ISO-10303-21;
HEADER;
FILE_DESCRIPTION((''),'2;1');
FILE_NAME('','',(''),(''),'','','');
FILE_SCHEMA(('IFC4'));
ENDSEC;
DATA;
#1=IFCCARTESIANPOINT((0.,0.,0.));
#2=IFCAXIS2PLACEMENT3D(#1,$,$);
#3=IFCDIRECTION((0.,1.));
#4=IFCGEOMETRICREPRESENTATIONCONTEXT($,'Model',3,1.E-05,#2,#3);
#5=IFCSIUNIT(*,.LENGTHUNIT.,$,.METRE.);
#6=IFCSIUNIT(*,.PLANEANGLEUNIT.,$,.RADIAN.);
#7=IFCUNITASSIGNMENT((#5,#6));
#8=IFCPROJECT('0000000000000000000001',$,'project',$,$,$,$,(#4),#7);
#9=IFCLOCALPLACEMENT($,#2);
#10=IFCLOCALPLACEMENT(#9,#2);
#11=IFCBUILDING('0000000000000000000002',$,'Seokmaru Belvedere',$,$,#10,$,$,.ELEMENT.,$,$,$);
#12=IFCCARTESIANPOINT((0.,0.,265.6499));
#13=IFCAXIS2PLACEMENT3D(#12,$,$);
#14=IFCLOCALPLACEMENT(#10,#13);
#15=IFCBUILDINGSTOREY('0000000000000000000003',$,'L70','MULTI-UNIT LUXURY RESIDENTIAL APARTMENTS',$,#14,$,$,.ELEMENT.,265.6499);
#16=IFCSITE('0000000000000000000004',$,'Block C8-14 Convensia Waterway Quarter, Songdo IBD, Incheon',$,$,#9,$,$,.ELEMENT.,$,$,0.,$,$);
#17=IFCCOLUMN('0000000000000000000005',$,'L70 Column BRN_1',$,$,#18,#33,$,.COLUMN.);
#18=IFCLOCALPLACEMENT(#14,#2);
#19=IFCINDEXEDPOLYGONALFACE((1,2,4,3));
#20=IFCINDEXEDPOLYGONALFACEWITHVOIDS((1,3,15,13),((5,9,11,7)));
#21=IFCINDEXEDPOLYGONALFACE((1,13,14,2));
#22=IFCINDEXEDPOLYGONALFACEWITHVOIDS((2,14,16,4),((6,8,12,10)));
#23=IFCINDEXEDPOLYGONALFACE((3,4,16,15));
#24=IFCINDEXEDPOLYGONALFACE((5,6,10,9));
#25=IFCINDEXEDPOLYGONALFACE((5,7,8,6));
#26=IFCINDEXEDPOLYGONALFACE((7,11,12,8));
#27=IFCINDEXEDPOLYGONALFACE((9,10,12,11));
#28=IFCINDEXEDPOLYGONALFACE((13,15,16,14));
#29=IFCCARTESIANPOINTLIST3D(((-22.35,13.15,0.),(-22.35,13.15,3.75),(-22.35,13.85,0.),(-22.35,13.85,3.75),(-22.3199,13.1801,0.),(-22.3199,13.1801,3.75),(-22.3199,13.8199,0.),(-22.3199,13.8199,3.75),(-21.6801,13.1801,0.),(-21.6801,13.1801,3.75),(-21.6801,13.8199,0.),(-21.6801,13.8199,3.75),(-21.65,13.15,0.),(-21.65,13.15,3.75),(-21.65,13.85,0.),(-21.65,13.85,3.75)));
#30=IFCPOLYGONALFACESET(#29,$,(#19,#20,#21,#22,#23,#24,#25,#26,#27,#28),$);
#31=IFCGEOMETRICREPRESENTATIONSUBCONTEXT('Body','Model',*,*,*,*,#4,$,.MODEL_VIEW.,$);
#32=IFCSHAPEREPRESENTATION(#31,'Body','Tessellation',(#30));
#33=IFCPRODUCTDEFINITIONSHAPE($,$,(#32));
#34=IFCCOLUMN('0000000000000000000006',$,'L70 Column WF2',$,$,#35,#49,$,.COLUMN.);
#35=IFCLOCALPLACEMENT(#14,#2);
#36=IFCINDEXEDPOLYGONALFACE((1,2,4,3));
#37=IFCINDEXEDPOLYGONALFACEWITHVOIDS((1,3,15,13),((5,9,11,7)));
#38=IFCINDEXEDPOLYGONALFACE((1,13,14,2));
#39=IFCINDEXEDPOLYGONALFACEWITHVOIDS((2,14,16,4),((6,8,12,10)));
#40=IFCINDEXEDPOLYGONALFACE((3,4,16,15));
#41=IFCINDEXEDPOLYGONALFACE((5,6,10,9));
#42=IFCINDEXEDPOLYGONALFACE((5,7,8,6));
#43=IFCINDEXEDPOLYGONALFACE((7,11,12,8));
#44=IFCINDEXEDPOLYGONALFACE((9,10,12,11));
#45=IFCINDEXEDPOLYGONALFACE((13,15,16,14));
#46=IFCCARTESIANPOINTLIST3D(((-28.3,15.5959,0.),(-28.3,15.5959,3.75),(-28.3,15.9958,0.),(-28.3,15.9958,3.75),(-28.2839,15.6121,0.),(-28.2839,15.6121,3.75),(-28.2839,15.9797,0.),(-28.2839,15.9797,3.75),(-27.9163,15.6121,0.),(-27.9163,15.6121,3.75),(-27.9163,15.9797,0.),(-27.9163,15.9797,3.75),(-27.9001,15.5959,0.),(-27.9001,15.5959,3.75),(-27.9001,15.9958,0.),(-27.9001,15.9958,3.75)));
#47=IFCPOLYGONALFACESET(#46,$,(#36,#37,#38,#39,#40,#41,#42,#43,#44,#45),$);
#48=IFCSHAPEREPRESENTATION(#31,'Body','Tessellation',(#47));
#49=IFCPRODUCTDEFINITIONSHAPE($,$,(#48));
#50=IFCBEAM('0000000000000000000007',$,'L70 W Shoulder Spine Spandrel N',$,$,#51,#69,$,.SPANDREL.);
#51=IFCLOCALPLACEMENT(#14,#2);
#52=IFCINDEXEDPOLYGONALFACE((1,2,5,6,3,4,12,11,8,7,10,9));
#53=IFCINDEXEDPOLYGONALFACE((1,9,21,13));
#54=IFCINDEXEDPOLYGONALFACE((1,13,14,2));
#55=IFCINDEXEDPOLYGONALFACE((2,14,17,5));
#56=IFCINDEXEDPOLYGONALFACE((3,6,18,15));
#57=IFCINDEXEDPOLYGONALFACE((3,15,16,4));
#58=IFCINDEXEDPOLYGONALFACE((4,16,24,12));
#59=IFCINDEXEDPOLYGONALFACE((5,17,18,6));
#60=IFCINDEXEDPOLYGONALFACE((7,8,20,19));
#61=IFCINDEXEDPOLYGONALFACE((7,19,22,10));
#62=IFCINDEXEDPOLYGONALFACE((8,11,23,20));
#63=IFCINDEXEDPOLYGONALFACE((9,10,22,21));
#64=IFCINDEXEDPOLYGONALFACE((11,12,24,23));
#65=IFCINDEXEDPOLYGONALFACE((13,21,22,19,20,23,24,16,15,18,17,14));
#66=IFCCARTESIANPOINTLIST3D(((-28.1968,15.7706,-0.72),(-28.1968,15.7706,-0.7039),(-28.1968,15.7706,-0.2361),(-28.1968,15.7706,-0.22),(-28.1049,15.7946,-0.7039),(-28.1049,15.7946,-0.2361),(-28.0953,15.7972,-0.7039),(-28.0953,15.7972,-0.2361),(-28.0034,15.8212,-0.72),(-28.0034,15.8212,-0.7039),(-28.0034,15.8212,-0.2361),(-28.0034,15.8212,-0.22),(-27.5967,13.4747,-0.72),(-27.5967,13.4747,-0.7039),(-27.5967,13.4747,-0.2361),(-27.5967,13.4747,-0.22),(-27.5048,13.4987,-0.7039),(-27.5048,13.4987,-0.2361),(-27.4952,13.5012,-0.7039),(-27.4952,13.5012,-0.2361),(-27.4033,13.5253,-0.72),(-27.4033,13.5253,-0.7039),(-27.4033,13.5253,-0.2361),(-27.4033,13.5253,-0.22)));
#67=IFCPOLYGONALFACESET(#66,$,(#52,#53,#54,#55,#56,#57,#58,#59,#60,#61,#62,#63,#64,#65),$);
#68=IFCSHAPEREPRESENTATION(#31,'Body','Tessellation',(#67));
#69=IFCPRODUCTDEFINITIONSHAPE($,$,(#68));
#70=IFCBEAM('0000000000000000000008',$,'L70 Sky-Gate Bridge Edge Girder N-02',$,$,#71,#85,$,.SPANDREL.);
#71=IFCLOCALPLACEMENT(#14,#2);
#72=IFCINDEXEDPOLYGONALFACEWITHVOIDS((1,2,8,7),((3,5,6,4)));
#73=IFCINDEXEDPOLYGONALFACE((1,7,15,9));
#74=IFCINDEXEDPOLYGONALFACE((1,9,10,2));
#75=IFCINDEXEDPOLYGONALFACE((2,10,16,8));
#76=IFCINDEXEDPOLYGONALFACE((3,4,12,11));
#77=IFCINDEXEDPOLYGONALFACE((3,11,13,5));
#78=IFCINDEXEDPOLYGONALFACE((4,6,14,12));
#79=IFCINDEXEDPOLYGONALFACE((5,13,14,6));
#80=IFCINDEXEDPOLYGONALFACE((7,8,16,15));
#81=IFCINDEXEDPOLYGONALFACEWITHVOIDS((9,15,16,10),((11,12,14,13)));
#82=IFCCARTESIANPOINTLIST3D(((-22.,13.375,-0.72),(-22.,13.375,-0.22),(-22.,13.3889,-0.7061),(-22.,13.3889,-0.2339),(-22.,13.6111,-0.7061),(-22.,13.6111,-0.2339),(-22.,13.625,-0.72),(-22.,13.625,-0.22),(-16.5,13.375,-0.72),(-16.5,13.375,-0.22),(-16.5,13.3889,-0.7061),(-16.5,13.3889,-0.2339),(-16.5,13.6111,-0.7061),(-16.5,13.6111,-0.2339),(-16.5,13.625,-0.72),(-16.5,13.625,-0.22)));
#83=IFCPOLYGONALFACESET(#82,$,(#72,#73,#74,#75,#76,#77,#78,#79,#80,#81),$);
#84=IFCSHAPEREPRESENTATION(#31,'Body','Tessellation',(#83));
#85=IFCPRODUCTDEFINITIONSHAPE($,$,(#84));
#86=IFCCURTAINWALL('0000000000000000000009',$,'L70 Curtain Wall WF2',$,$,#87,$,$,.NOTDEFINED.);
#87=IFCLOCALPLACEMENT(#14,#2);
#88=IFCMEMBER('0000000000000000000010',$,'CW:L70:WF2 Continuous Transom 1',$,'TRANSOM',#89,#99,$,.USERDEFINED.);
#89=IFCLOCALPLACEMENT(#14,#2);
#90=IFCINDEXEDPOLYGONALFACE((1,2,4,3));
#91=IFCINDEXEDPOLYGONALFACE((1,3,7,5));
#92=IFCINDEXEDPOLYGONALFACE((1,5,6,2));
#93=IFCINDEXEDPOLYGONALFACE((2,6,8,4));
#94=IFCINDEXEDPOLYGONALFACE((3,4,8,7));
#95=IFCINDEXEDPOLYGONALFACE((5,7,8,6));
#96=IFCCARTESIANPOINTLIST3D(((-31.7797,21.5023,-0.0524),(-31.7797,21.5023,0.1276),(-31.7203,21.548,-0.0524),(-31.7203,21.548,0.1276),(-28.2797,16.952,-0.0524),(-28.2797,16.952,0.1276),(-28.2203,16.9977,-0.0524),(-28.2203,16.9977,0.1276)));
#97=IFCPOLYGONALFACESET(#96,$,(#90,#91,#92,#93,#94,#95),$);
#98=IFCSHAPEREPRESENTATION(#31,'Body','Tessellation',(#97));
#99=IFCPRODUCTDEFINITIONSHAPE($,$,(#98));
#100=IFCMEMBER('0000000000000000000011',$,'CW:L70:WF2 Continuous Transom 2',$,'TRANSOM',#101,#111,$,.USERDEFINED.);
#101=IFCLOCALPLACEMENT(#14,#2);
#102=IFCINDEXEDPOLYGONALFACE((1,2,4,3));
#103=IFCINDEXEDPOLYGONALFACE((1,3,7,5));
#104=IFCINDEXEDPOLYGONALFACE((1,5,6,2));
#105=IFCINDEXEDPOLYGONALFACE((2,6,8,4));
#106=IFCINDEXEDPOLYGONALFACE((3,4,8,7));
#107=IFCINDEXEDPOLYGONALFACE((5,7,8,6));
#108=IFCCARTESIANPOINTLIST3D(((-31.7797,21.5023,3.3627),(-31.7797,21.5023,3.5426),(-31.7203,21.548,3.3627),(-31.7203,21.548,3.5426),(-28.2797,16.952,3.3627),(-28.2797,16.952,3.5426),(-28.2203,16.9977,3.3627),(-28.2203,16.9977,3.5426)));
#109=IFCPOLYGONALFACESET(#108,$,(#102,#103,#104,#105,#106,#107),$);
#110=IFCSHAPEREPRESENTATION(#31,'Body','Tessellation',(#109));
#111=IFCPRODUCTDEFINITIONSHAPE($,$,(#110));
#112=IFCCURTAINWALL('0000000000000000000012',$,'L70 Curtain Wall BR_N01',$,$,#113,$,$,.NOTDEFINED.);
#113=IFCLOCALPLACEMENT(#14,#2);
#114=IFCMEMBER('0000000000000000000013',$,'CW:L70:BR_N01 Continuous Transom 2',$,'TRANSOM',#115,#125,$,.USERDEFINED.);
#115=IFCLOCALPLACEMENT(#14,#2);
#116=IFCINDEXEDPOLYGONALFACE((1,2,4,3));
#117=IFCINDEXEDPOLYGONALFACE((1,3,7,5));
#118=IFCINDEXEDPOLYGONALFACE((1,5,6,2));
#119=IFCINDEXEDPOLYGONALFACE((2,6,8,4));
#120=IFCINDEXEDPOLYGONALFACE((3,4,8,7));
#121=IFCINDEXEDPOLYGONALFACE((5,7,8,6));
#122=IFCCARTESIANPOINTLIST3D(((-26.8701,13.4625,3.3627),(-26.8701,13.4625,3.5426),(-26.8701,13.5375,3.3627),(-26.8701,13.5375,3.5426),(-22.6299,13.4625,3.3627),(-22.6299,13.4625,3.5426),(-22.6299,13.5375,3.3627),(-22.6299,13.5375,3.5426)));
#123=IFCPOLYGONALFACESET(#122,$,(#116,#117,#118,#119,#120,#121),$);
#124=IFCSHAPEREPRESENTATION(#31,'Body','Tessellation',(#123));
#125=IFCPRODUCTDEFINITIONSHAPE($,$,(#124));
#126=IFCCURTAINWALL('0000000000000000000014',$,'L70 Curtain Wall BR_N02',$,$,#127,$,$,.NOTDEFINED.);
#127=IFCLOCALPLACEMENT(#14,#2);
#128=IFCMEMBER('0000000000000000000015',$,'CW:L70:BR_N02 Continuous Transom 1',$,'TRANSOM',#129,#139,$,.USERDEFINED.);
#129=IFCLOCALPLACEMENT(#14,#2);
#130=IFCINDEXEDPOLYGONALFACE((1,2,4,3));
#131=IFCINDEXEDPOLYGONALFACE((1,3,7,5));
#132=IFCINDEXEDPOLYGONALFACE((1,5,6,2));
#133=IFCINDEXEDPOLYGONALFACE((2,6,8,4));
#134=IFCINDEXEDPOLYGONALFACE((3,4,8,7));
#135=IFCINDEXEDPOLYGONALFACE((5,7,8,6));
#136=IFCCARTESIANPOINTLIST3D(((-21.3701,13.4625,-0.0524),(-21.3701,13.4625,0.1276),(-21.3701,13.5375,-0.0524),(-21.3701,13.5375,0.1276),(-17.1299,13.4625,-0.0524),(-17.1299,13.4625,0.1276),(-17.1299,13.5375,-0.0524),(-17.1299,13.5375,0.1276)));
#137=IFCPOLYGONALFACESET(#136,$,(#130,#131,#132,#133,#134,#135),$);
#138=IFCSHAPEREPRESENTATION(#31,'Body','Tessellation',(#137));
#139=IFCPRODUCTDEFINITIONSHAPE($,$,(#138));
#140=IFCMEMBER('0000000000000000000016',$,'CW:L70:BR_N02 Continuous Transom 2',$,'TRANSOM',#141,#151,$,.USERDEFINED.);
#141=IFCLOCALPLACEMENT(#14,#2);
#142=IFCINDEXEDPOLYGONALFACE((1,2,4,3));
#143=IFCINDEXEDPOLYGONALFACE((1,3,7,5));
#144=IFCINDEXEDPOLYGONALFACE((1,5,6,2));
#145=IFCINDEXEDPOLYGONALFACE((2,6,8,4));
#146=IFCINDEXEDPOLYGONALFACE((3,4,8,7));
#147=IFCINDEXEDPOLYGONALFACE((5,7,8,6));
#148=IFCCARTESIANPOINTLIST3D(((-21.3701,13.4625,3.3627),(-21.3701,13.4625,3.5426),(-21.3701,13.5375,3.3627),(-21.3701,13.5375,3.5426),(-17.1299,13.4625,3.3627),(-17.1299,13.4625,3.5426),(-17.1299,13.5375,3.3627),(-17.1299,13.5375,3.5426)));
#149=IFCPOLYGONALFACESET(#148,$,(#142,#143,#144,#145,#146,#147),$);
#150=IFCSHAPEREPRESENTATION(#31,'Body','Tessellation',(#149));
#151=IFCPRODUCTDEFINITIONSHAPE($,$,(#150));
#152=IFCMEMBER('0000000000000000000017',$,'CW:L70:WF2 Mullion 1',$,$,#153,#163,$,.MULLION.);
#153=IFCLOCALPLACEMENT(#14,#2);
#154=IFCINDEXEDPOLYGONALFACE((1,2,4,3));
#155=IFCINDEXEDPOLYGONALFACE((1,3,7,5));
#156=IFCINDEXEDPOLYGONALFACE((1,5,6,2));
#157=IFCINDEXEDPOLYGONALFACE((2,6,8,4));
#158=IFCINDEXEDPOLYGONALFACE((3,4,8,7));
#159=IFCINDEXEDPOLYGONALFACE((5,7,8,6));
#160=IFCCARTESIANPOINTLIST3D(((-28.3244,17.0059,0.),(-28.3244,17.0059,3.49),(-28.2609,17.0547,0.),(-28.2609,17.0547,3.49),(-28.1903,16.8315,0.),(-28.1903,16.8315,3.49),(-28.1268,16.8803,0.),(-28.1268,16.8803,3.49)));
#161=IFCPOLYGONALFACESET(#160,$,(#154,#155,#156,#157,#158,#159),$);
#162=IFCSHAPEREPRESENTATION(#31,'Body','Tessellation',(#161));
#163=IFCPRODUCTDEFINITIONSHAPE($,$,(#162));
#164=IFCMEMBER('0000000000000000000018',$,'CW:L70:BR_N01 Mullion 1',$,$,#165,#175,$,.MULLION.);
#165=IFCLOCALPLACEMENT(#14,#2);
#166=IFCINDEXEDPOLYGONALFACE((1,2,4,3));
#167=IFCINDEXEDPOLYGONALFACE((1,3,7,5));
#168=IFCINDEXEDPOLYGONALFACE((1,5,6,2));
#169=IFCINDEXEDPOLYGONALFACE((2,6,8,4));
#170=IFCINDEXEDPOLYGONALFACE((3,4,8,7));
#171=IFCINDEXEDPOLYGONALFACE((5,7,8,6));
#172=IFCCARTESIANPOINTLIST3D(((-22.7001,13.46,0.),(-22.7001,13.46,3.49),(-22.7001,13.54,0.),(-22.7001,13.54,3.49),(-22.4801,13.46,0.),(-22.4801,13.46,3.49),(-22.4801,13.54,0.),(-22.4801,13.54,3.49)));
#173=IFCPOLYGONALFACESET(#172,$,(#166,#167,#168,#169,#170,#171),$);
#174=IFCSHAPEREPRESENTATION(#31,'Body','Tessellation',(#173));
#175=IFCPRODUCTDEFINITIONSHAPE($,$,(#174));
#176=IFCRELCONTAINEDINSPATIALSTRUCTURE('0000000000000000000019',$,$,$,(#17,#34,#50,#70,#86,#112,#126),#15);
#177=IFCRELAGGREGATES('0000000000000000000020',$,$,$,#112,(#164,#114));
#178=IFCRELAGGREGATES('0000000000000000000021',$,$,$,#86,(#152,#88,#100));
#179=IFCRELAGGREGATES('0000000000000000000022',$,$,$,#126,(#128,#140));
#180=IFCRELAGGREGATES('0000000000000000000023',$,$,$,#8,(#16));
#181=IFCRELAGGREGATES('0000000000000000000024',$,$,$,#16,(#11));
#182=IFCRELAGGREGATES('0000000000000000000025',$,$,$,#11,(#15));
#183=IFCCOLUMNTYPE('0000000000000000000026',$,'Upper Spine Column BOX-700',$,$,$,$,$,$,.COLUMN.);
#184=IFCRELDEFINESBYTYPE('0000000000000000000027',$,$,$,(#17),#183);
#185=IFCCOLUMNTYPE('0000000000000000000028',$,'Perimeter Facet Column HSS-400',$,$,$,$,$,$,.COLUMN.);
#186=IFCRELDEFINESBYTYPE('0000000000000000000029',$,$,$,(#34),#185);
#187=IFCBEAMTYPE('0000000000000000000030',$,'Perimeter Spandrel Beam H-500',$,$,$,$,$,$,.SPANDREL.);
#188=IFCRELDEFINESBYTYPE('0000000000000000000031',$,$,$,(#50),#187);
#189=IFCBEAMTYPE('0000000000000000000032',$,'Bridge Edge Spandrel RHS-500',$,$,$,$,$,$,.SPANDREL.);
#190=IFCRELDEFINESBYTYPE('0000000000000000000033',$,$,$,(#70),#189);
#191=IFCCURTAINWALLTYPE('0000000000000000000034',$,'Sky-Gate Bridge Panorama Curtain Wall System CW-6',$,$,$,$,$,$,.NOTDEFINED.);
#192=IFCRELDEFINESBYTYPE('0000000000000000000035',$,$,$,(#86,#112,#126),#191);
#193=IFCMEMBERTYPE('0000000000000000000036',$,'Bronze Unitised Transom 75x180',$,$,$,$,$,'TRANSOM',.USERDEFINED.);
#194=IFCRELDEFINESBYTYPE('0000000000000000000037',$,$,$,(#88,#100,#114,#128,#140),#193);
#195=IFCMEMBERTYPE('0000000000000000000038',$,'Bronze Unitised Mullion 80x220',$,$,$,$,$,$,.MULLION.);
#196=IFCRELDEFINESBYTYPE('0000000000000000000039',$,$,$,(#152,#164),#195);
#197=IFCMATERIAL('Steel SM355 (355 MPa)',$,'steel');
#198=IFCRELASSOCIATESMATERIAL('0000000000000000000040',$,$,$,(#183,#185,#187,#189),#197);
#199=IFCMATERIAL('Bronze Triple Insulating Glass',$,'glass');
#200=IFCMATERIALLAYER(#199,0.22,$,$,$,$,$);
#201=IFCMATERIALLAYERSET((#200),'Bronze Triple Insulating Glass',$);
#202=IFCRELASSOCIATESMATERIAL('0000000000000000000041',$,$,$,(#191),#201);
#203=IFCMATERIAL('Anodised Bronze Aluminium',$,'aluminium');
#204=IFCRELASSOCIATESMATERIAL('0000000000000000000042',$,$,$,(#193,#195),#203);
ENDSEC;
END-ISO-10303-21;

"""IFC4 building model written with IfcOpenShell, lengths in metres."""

from ifc_helpers import new_model, si_unit, direction, frame, origin, origin_2d, place, context, subcontext, project, spatial, rectangle, hollow_rectangle, i_section, extrude, source, transform, mapped, material, layer, layer_set, material_profile, profile_set, type_object, type_shapes, element, aggregate, save


model = new_model("IFC4")

# Units and contexts
model_context = context("Model", 3, precision=1e-05, world=origin(), true_north=direction((0.0, 1.0)))
body_context = subcontext(model_context, "Body", "Model", "MODEL_VIEW")
ifc_project = project(units=[si_unit("LENGTHUNIT", "METRE"), si_unit("PLANEANGLEUNIT", "RADIAN")], contexts=[model_context])

# Site, building, storey
site_placement = place(None, origin())
site = spatial("IfcSite", under=ifc_project, at=site_placement, Name="Block C8-14 Convensia Waterway Quarter, Songdo IBD, Incheon", CompositionType="ELEMENT", RefElevation=0.0)
building_placement = place(site_placement, origin())
building = spatial("IfcBuilding", under=site, at=building_placement, Name="Seokmaru Belvedere", CompositionType="ELEMENT")
storey_placement = place(building_placement, frame((0.0, 0.0, 265.6499)))
storey = spatial("IfcBuildingStorey", under=building, at=storey_placement, Name="L70", Description="MULTI-UNIT LUXURY RESIDENTIAL APARTMENTS", CompositionType="ELEMENT", Elevation=265.6499)

# Columns
ifc_material_1 = material(Name="Steel SM355 (355 MPa)", Category="steel")
ifc_material_profile_1 = material_profile(ifc_material_1, hollow_rectangle(XDim=0.7, YDim=0.7, WallThickness=0.03, at=origin_2d()), Name="BOX-700x700x30")
ifc_profile_set_1 = profile_set([ifc_material_profile_1], Name="Steel SM355 (355 MPa)")
column_type_1 = type_object("IfcColumnType", Name="Upper Spine Column BOX-700", PredefinedType="COLUMN", material=ifc_profile_set_1)
shared_shape_1 = source(origin(), body_context, "Body", "SweptSolid", [
    extrude(hollow_rectangle(XDim=0.7, YDim=0.7, WallThickness=0.03, at=origin_2d()), origin(), (0.0, 0.0, 1.0), 3.75),
])
type_shapes(column_type_1, [shared_shape_1])
column_1_placement = place(storey_placement, frame((-22.0, 13.5, 0.0), z_axis=(0.0, 0.0, 1.0), x_axis=(1.0, 0.0, 0.0)))
element("IfcColumn", 1, at=column_1_placement, inside=storey, type_object=column_type_1, Name="L70 Column BRN_1", PredefinedType="COLUMN", context=body_context, shape_type="MappedRepresentation", body=[
    mapped(shared_shape_1, transform((0.0, 0.0, 0.0), scale=1.0)),
])
ifc_material_profile_2 = material_profile(ifc_material_1, hollow_rectangle(XDim=0.3999, YDim=0.3999, WallThickness=0.0161, at=origin_2d()), Name="HSS-400x400x16")
ifc_profile_set_2 = profile_set([ifc_material_profile_2], Name="Steel SM355 (355 MPa)")
column_type_2 = type_object("IfcColumnType", Name="Perimeter Facet Column HSS-400", PredefinedType="COLUMN", material=ifc_profile_set_2)
shared_shape_2 = source(origin(), body_context, "Body", "SweptSolid", [
    extrude(hollow_rectangle(XDim=0.3999, YDim=0.3999, WallThickness=0.0161, at=origin_2d()), origin(), (0.0, 0.0, 1.0), 3.75),
])
type_shapes(column_type_2, [shared_shape_2])
column_2_placement = place(storey_placement, frame((-28.1001, 15.7959, 0.0), z_axis=(0.0, 0.0, 1.0), x_axis=(1.0, 0.0, 0.0)))
element("IfcColumn", 2, at=column_2_placement, inside=storey, type_object=column_type_2, Name="L70 Column WF2", PredefinedType="COLUMN", context=body_context, shape_type="MappedRepresentation", body=[
    mapped(shared_shape_2, transform((0.0, 0.0, 0.0), scale=1.0)),
])

# Beams
ifc_material_profile_3 = material_profile(ifc_material_1, i_section(OverallWidth=0.2, OverallDepth=0.5, WebThickness=0.01, FlangeThickness=0.0161, at=origin_2d()), Name="H-500x200x10x16")
ifc_profile_set_3 = profile_set([ifc_material_profile_3], Name="Steel SM355 (355 MPa)")
beam_type_1 = type_object("IfcBeamType", Name="Perimeter Spandrel Beam H-500", PredefinedType="SPANDREL", material=ifc_profile_set_3)
shared_shape_3 = source(origin(), body_context, "Body", "SweptSolid", [
    extrude(i_section(OverallWidth=0.2, OverallDepth=0.5, WebThickness=0.01, FlangeThickness=0.0161, at=origin_2d()), origin(), (0.0, 0.0, 1.0), 2.373),
])
type_shapes(beam_type_1, [shared_shape_3])
beam_1_placement = place(storey_placement, frame((-28.1001, 15.7959, -0.47), z_axis=(0.252883, -0.967497, 0.0), x_axis=(0.967497, 0.252883, 0.0)))
element("IfcBeam", 3, at=beam_1_placement, inside=storey, type_object=beam_type_1, Name="L70 W Shoulder Spine Spandrel N", PredefinedType="SPANDREL", context=body_context, shape_type="MappedRepresentation", body=[
    mapped(shared_shape_3, transform((0.0, 0.0, 0.0), scale=1.0)),
])
ifc_material_profile_4 = material_profile(ifc_material_1, hollow_rectangle(XDim=0.25, YDim=0.5, WallThickness=0.0139, at=origin_2d()), Name="RHS-500x250x14")
ifc_profile_set_4 = profile_set([ifc_material_profile_4], Name="Steel SM355 (355 MPa)")
beam_type_2 = type_object("IfcBeamType", Name="Bridge Edge Spandrel RHS-500", PredefinedType="SPANDREL", material=ifc_profile_set_4)
shared_shape_4 = source(origin(), body_context, "Body", "SweptSolid", [
    extrude(hollow_rectangle(XDim=0.25, YDim=0.5, WallThickness=0.0139, at=origin_2d()), origin(), (0.0, 0.0, 1.0), 5.5),
])
type_shapes(beam_type_2, [shared_shape_4])
beam_2_placement = place(storey_placement, frame((-22.0, 13.5, -0.47), z_axis=(1.0, 0.0, 0.0), x_axis=(0.0, 1.0, 0.0)))
element("IfcBeam", 4, at=beam_2_placement, inside=storey, type_object=beam_type_2, Name="L70 Sky-Gate Bridge Edge Girder N-02", PredefinedType="SPANDREL", context=body_context, shape_type="MappedRepresentation", body=[
    mapped(shared_shape_4, transform((0.0, 0.0, 0.0), scale=1.0)),
])

# Curtain wall, members
ifc_material_2 = material(Name="Bronze Triple Insulating Glass", Category="glass")
ifc_layer_1 = layer(ifc_material_2, 0.22)
ifc_layer_set_1 = layer_set([ifc_layer_1], Name="Bronze Triple Insulating Glass")
curtain_wall_type = type_object("IfcCurtainWallType", Name="Sky-Gate Bridge Panorama Curtain Wall System CW-6", PredefinedType="NOTDEFINED", material=ifc_layer_set_1)
curtain_wall_1_placement = place(storey_placement, origin())
curtain_wall_1 = element("IfcCurtainWall", 5, at=curtain_wall_1_placement, inside=storey, type_object=curtain_wall_type, Name="L70 Curtain Wall WF2", PredefinedType="NOTDEFINED")
ifc_material_3 = material(Name="Anodised Bronze Aluminium", Category="aluminium")
ifc_material_profile_5 = material_profile(ifc_material_3, rectangle(XDim=0.075, YDim=0.1799, at=origin_2d()), Name="CW-T-75x180")
ifc_profile_set_5 = profile_set([ifc_material_profile_5], Name="Anodised Bronze Aluminium")
member_type_1 = type_object("IfcMemberType", Name="Bronze Unitised Transom 75x180", ElementType="TRANSOM", PredefinedType="USERDEFINED", material=ifc_profile_set_5)
shared_shape_5 = source(origin(), body_context, "Body", "SweptSolid", [
    extrude(rectangle(XDim=0.075, YDim=0.1799, at=origin_2d()), origin(), (0.0, 0.0, 1.0), 5.7407),
])
member_1_placement = place(storey_placement, frame((-28.25, 16.9749, 0.0376), z_axis=(-0.609686, 0.792643, 0.0), x_axis=(-0.792643, -0.609686, 0.0)))
member_1 = element("IfcMember", 6, at=member_1_placement, type_object=member_type_1, Name="CW:L70:WF2 Continuous Transom 1", ObjectType="TRANSOM", PredefinedType="USERDEFINED", context=body_context, shape_type="MappedRepresentation", body=[
    mapped(shared_shape_5, transform((0.0, 0.0, 0.0), scale=1.0)),
])
member_2_placement = place(storey_placement, frame((-28.25, 16.9749, 3.4526), z_axis=(-0.609686, 0.792643, 0.0), x_axis=(-0.792643, -0.609686, 0.0)))
member_2 = element("IfcMember", 7, at=member_2_placement, type_object=member_type_1, Name="CW:L70:WF2 Continuous Transom 2", ObjectType="TRANSOM", PredefinedType="USERDEFINED", context=body_context, shape_type="MappedRepresentation", body=[
    mapped(shared_shape_5, transform((0.0, 0.0, 0.0), scale=1.0)),
])

# Curtain wall, member
curtain_wall_2_placement = place(storey_placement, origin())
curtain_wall_2 = element("IfcCurtainWall", 8, at=curtain_wall_2_placement, inside=storey, type_object=curtain_wall_type, Name="L70 Curtain Wall BR_N01", PredefinedType="NOTDEFINED")
shared_shape_6 = source(origin(), body_context, "Body", "SweptSolid", [
    extrude(rectangle(XDim=0.075, YDim=0.1799, at=origin_2d()), origin(), (0.0, 0.0, 1.0), 4.2402),
])
type_shapes(member_type_1, [shared_shape_5, shared_shape_6])
member_3_placement = place(storey_placement, frame((-22.6299, 13.5, 3.4526), z_axis=(-1.0, 0.0, 0.0), x_axis=(0.0, -1.0, 0.0)))
member_3 = element("IfcMember", 9, at=member_3_placement, type_object=member_type_1, Name="CW:L70:BR_N01 Continuous Transom 2", ObjectType="TRANSOM", PredefinedType="USERDEFINED", context=body_context, shape_type="MappedRepresentation", body=[
    mapped(shared_shape_6, transform((0.0, 0.0, 0.0), scale=1.0)),
])

# Curtain wall, members
curtain_wall_3_placement = place(storey_placement, origin())
curtain_wall_3 = element("IfcCurtainWall", 10, at=curtain_wall_3_placement, inside=storey, type_object=curtain_wall_type, Name="L70 Curtain Wall BR_N02", PredefinedType="NOTDEFINED")
member_4_placement = place(storey_placement, frame((-17.1299, 13.5, 0.0376), z_axis=(-1.0, 0.0, 0.0), x_axis=(0.0, -1.0, 0.0)))
member_4 = element("IfcMember", 11, at=member_4_placement, type_object=member_type_1, Name="CW:L70:BR_N02 Continuous Transom 1", ObjectType="TRANSOM", PredefinedType="USERDEFINED", context=body_context, shape_type="MappedRepresentation", body=[
    mapped(shared_shape_6, transform((0.0, 0.0, 0.0), scale=1.0)),
])
member_5_placement = place(storey_placement, frame((-17.1299, 13.5, 3.4526), z_axis=(-1.0, 0.0, 0.0), x_axis=(0.0, -1.0, 0.0)))
member_5 = element("IfcMember", 12, at=member_5_placement, type_object=member_type_1, Name="CW:L70:BR_N02 Continuous Transom 2", ObjectType="TRANSOM", PredefinedType="USERDEFINED", context=body_context, shape_type="MappedRepresentation", body=[
    mapped(shared_shape_6, transform((0.0, 0.0, 0.0), scale=1.0)),
])

# Members
ifc_material_profile_6 = material_profile(ifc_material_3, rectangle(XDim=0.0801, YDim=0.22, at=origin_2d()), Name="CW-M-80x220")
ifc_profile_set_6 = profile_set([ifc_material_profile_6], Name="Anodised Bronze Aluminium")
member_type_2 = type_object("IfcMemberType", Name="Bronze Unitised Mullion 80x220", PredefinedType="MULLION", material=ifc_profile_set_6)
shared_shape_7 = source(origin(), body_context, "Body", "SweptSolid", [
    extrude(rectangle(XDim=0.0801, YDim=0.22, at=origin_2d()), origin(), (0.0, 0.0, 1.0), 3.49),
])
type_shapes(member_type_2, [shared_shape_7])
member_6_placement = place(storey_placement, frame((-28.2256, 16.9431, 0.0), z_axis=(0.0, 0.0, 1.0), x_axis=(-0.792631, -0.609701, 0.0)))
member_6 = element("IfcMember", 13, at=member_6_placement, type_object=member_type_2, Name="CW:L70:WF2 Mullion 1", PredefinedType="MULLION", context=body_context, shape_type="MappedRepresentation", body=[
    mapped(shared_shape_7, transform((0.0, 0.0, 0.0), scale=1.0)),
])
member_7_placement = place(storey_placement, frame((-22.5901, 13.5, 0.0), z_axis=(0.0, 0.0, 1.0), x_axis=(0.0, -1.0, 0.0)))
member_7 = element("IfcMember", 14, at=member_7_placement, type_object=member_type_2, Name="CW:L70:BR_N01 Mullion 1", PredefinedType="MULLION", context=body_context, shape_type="MappedRepresentation", body=[
    mapped(shared_shape_7, transform((0.0, 0.0, 0.0), scale=1.0)),
])
aggregate(curtain_wall_2, [member_7, member_3])

aggregate(curtain_wall_1, [member_6, member_1, member_2])
aggregate(curtain_wall_3, [member_4, member_5])

save(model, "model.ifc")
